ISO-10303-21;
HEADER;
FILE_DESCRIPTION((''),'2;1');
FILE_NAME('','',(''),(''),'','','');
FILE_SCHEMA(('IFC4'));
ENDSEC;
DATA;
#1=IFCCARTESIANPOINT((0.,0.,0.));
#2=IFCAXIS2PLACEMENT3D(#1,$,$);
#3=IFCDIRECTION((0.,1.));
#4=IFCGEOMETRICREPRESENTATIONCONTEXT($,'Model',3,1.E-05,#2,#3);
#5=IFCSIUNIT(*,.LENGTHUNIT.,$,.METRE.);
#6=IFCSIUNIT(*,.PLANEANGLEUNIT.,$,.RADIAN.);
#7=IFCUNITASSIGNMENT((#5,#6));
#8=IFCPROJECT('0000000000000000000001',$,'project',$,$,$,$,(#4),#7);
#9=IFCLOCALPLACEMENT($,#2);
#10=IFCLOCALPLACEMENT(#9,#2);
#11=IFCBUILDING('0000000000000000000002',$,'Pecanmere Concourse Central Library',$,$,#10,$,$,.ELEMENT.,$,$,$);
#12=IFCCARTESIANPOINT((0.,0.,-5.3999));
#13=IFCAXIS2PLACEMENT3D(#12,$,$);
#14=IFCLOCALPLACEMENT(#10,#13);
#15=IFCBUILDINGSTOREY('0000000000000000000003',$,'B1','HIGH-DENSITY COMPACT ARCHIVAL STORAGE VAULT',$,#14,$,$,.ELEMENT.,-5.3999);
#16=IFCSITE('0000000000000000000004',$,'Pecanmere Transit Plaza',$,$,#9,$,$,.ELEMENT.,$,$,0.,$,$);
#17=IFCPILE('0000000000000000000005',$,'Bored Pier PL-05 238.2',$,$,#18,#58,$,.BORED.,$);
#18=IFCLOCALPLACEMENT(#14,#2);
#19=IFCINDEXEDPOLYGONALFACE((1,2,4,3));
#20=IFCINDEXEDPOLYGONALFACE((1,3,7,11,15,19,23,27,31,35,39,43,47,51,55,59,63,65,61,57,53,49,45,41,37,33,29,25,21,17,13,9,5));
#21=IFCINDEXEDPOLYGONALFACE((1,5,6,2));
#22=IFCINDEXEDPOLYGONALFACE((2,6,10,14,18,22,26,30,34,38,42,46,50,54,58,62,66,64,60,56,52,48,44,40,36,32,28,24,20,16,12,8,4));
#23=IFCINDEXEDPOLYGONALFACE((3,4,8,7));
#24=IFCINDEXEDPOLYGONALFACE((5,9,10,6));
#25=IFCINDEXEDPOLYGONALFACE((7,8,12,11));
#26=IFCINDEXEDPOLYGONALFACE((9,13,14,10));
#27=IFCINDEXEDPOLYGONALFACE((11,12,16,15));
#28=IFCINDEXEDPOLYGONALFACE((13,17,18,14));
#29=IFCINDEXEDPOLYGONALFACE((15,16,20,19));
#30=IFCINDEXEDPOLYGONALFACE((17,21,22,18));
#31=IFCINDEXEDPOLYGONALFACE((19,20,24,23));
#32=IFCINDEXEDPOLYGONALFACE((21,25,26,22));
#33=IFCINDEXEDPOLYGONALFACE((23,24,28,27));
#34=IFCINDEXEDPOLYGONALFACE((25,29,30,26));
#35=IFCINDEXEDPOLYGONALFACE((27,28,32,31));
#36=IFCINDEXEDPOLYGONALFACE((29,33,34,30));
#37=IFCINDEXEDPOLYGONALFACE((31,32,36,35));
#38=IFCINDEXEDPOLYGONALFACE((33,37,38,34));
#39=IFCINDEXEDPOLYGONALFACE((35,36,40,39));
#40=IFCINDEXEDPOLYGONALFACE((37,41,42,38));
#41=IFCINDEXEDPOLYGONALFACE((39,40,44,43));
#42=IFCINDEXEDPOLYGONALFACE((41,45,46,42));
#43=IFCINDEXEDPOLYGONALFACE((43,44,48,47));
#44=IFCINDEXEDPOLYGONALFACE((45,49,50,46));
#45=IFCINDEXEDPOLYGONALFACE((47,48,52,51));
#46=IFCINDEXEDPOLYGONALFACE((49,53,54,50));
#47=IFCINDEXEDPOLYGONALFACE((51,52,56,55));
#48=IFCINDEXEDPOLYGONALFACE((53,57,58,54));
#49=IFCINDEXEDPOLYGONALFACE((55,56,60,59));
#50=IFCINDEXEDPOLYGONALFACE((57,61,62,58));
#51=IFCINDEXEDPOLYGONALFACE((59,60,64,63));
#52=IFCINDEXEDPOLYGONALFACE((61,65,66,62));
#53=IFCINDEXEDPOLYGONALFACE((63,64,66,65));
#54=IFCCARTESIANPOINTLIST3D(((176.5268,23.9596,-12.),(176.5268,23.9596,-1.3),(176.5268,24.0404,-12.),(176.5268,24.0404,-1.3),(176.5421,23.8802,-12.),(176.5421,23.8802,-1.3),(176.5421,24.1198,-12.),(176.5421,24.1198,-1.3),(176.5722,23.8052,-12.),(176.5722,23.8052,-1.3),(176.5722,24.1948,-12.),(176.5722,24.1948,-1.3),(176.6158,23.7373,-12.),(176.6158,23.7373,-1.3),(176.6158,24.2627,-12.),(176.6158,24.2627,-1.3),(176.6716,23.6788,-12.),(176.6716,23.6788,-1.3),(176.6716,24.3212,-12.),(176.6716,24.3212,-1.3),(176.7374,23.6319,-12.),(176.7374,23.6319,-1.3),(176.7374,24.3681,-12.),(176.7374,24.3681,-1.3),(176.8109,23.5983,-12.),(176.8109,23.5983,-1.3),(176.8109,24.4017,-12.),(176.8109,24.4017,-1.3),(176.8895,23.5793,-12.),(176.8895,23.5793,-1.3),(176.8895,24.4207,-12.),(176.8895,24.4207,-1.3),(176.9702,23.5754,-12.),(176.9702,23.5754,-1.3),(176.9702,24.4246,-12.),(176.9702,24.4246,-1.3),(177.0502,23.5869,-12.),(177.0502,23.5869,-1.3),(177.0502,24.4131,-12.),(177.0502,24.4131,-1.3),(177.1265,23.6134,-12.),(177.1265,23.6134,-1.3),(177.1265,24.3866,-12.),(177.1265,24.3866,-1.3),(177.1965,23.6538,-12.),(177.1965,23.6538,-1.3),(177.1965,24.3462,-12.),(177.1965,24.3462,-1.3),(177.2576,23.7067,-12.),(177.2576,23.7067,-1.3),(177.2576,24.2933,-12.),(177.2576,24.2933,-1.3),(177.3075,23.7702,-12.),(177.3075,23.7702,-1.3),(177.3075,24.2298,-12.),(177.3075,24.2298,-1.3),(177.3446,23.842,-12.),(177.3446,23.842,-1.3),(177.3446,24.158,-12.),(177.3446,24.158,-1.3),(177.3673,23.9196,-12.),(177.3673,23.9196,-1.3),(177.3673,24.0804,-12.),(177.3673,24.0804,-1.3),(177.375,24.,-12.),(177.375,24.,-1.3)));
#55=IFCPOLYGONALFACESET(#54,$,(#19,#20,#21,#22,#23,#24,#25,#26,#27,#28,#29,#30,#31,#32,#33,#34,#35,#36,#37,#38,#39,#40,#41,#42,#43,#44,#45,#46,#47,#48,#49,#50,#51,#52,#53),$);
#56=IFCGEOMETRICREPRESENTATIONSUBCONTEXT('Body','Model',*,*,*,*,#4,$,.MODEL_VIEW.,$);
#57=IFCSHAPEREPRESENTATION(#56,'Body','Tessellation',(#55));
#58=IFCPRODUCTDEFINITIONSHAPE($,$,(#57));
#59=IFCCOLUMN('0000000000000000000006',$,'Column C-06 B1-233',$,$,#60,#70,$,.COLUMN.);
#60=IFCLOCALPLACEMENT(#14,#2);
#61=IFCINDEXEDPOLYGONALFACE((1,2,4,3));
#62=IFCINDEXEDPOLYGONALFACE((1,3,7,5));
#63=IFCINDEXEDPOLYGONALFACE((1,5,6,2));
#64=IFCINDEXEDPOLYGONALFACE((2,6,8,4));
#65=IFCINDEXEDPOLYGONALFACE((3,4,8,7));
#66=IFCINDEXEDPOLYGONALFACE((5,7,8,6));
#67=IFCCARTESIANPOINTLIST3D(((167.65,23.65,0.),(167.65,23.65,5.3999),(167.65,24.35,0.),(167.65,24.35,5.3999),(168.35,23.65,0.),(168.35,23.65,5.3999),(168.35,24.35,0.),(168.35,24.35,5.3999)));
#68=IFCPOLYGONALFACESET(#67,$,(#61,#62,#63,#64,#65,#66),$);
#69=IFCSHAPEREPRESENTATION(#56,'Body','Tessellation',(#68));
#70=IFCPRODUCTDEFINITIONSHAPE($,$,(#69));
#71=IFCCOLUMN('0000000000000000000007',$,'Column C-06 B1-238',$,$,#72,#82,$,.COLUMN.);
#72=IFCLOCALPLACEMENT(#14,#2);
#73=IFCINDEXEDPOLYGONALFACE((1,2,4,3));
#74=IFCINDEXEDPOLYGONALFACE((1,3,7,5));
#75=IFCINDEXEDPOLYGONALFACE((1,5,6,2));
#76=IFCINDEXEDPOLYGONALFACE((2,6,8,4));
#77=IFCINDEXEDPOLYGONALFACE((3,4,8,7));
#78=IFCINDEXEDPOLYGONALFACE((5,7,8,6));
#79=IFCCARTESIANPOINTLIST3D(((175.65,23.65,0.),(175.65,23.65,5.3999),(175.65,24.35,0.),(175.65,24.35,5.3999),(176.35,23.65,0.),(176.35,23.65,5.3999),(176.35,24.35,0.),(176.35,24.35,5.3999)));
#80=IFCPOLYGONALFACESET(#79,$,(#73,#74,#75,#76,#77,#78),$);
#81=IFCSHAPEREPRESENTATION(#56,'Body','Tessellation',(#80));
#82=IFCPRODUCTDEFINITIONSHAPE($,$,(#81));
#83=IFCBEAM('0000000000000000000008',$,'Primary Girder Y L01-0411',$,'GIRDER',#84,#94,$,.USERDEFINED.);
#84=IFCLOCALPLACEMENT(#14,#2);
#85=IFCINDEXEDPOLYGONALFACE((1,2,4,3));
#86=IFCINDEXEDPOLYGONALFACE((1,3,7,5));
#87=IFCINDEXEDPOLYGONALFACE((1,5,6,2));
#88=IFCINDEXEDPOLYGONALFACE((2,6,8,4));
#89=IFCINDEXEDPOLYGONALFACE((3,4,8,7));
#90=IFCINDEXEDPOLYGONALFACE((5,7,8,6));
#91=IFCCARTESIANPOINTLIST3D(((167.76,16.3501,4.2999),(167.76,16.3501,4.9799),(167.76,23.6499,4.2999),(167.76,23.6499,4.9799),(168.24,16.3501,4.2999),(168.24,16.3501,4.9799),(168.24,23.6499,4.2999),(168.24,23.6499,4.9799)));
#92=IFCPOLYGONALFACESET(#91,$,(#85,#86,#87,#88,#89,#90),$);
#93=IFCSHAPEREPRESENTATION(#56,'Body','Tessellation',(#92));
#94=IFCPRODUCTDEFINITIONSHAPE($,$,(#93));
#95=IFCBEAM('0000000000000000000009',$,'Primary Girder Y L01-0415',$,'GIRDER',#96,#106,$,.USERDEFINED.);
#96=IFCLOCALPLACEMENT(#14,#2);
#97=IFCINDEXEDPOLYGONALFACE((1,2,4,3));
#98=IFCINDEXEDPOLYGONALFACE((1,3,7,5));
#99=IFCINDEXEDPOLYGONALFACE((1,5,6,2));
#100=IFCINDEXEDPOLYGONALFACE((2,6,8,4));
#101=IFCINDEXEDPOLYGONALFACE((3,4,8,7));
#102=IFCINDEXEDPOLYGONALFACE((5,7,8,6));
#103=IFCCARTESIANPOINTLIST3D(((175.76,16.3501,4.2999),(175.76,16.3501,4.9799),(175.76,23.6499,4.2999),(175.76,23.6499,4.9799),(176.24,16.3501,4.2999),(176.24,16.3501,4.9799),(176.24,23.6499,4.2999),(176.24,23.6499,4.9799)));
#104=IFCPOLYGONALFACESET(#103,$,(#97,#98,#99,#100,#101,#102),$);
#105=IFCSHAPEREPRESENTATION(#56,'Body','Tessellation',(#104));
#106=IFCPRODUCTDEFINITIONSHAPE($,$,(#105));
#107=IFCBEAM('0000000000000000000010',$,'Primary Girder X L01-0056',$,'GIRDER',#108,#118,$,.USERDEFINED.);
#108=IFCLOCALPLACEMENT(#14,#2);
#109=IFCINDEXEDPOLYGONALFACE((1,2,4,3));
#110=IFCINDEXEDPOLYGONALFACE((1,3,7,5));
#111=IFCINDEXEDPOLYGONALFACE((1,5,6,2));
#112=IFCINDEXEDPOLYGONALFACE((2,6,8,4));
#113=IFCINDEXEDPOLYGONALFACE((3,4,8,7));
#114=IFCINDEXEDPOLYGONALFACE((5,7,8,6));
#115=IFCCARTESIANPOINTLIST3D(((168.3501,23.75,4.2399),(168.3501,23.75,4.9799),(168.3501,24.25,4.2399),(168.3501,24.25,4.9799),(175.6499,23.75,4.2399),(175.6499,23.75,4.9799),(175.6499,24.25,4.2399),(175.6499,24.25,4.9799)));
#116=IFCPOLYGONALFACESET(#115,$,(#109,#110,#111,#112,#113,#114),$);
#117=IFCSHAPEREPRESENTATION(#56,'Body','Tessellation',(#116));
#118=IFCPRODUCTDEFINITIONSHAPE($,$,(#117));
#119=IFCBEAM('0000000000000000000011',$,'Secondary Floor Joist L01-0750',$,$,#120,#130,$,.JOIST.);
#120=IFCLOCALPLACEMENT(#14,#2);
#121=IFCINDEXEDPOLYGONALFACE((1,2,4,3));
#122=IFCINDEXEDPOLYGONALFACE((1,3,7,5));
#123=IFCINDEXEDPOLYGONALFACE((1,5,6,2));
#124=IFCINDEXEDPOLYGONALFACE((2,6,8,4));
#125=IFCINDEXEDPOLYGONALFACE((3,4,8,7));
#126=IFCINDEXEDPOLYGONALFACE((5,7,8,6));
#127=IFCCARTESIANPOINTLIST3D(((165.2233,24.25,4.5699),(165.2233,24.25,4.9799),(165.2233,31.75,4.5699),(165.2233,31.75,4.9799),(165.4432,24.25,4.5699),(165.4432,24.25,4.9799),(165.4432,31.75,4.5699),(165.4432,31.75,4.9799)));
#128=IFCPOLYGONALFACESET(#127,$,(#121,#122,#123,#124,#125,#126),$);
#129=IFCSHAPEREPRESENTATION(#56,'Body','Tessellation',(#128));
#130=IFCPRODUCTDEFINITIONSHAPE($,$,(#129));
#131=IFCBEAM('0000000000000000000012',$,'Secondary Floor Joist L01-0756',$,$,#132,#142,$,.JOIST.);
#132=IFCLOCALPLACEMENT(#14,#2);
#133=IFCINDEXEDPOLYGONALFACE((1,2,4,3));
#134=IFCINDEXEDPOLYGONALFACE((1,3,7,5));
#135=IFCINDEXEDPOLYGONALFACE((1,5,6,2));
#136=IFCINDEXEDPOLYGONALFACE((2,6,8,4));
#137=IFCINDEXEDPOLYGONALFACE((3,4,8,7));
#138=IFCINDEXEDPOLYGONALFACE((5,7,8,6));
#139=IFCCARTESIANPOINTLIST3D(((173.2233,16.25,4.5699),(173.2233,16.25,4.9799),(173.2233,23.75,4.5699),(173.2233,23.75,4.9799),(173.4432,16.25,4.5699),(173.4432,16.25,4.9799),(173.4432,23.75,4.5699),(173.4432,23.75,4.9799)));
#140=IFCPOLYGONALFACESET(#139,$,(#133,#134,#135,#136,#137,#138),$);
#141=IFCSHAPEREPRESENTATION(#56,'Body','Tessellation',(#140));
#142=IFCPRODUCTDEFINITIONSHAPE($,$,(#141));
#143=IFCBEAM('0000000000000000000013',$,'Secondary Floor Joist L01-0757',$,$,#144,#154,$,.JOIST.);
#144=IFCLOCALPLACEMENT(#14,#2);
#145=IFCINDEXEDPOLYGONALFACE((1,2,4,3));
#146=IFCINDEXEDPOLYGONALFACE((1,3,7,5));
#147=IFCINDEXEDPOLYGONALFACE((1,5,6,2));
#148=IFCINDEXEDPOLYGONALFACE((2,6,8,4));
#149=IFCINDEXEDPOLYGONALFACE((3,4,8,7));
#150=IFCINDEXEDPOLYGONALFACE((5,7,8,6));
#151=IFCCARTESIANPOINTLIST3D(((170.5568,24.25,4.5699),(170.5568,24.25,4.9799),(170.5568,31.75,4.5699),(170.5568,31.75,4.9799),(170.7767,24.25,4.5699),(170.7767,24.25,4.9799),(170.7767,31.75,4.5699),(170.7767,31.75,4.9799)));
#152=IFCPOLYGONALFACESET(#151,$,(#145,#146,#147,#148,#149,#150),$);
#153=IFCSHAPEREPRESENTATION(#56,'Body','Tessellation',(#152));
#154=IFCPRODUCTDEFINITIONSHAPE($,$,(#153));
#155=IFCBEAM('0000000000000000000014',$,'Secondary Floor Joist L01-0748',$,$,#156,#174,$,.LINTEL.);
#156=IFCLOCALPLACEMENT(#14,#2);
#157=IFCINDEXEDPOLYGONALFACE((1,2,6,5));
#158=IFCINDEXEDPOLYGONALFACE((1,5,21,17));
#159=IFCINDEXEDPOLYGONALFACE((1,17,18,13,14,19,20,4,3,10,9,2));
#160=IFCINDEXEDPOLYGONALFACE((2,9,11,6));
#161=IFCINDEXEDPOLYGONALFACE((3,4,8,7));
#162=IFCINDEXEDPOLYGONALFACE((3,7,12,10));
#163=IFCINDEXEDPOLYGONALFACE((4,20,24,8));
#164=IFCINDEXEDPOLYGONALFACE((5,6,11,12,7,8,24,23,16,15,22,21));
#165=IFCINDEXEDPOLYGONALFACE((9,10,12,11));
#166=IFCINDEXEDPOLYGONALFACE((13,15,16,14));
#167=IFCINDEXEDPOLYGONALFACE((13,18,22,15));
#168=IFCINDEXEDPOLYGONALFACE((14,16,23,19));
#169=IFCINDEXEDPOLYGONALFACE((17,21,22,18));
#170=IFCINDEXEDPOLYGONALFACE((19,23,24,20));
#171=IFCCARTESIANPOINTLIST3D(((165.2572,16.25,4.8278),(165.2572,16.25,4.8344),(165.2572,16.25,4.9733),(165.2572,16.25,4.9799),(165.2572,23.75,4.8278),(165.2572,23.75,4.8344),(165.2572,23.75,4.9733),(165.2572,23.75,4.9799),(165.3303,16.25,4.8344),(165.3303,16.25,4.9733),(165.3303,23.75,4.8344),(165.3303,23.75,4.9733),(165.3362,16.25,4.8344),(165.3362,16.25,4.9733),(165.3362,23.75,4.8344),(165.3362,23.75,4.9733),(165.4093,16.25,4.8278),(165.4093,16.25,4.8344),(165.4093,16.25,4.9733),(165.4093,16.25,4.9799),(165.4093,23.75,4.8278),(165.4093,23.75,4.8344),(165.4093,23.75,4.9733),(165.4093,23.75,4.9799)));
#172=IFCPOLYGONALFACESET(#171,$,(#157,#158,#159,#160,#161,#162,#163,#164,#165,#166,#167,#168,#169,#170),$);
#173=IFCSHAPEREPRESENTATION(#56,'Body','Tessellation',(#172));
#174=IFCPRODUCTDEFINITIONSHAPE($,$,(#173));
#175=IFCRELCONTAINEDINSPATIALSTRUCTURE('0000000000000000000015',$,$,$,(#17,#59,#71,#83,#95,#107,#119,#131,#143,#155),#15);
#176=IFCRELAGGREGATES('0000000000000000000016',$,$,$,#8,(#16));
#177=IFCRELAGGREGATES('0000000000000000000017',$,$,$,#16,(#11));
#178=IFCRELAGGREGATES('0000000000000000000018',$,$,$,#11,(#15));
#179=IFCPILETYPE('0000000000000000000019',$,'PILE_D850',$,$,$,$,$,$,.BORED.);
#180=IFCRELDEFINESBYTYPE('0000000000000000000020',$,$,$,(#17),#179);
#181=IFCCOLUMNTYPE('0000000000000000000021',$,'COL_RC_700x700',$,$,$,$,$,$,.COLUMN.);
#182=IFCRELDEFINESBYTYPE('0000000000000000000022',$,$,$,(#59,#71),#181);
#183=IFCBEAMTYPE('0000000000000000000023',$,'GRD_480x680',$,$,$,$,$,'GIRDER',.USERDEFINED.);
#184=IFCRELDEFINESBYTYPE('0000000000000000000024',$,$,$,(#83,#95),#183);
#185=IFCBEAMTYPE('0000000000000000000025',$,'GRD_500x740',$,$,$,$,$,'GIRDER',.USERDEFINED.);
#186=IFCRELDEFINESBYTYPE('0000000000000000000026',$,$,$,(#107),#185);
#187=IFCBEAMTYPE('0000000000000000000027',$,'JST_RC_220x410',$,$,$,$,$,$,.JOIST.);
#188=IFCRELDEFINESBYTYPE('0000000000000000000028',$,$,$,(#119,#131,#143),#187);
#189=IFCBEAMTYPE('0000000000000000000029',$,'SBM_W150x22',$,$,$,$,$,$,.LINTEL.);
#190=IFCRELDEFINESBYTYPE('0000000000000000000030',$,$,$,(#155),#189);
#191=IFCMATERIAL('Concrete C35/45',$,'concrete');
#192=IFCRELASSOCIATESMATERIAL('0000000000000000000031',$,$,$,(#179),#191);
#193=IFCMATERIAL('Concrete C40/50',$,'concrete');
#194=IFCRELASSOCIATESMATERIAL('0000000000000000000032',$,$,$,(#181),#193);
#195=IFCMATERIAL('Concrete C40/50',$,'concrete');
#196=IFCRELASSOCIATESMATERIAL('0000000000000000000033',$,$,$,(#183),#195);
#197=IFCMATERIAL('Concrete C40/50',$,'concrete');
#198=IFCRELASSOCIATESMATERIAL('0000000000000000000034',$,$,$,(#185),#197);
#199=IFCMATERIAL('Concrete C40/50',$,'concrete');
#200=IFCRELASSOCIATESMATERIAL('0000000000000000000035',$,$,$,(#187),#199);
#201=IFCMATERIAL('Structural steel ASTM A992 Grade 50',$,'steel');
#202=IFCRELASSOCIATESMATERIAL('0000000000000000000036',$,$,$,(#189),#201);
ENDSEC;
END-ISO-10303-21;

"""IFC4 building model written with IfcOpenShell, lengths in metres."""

from ifc_helpers import new_model, si_unit, direction, frame, origin, origin_2d, place, context, subcontext, project, spatial, rectangle, circle, i_section, extrude, material, material_profile, profile_set, type_object, element, save


model = new_model("IFC4")

# Units and contexts
model_context = context("Model", 3, precision=1e-05, world=origin(), true_north=direction((0.0, 1.0)))
body_context = subcontext(model_context, "Body", "Model", "MODEL_VIEW")
ifc_project = project(units=[si_unit("LENGTHUNIT", "METRE"), si_unit("PLANEANGLEUNIT", "RADIAN")], contexts=[model_context])

# Site, building, storey
site_placement = place(None, origin())
site = spatial("IfcSite", under=ifc_project, at=site_placement, Name="Pecanmere Transit Plaza", CompositionType="ELEMENT", RefElevation=0.0)
building_placement = place(site_placement, origin())
building = spatial("IfcBuilding", under=site, at=building_placement, Name="Pecanmere Concourse Central Library", CompositionType="ELEMENT")
storey_placement = place(building_placement, frame((0.0, 0.0, -5.3999)))
storey = spatial("IfcBuildingStorey", under=building, at=storey_placement, Name="B1", Description="HIGH-DENSITY COMPACT ARCHIVAL STORAGE VAULT", CompositionType="ELEMENT", Elevation=-5.3999)

# Pile
ifc_material_1 = material(Name="Concrete C35/45", Category="concrete")
ifc_material_profile_1 = material_profile(ifc_material_1, circle(Radius=0.425, at=origin_2d()), Name="PIER D850")
ifc_profile_set_1 = profile_set([ifc_material_profile_1], Name="Concrete C35/45")
pile_type = type_object("IfcPileType", Name="PILE_D850", PredefinedType="BORED", material=ifc_profile_set_1)
for number, where, z_axis, x_axis, name in (
    (1, (176.95, 24.0, -1.3), (0.0, 0.0, -1.0), (1.0, 0.0, 0.0), "Bored Pier PL-05 238.2"),
):
    element("IfcPile", number, at=place(storey_placement, frame(where, z_axis=z_axis, x_axis=x_axis)), inside=storey, type_object=pile_type, Name=name, PredefinedType="BORED", context=body_context, shape_type="SweptSolid", body=[
        extrude(circle(Radius=0.425, at=origin_2d()), origin(), (0.0, 0.0, 1.0), 10.7),
    ])

# Columns
ifc_material_2 = material(Name="Concrete C40/50", Category="concrete")
ifc_material_profile_2 = material_profile(ifc_material_2, rectangle(XDim=0.7, YDim=0.7, at=origin_2d()), Name="RC 700x700")
ifc_profile_set_2 = profile_set([ifc_material_profile_2], Name="Concrete C40/50")
column_type = type_object("IfcColumnType", Name="COL_RC_700x700", PredefinedType="COLUMN", material=ifc_profile_set_2)
for number, where, z_axis, x_axis, name in (
    (2, (168.0, 24.0, 0.0), (0.0, 0.0, 1.0), (1.0, 0.0, 0.0), "Column C-06 B1-233"),
    (3, (176.0, 24.0, 0.0), (0.0, 0.0, 1.0), (1.0, 0.0, 0.0), "Column C-06 B1-238"),
):
    element("IfcColumn", number, at=place(storey_placement, frame(where, z_axis=z_axis, x_axis=x_axis)), inside=storey, type_object=column_type, Name=name, PredefinedType="COLUMN", context=body_context, shape_type="SweptSolid", body=[
        extrude(rectangle(XDim=0.7, YDim=0.7, at=origin_2d()), origin(), (0.0, 0.0, 1.0), 5.3999),
    ])

# Beams
ifc_material_3 = material(Name="Concrete C40/50", Category="concrete")
ifc_material_profile_3 = material_profile(ifc_material_3, rectangle(XDim=0.48, YDim=0.6799, at=origin_2d()), Name="RC 480x680")
ifc_profile_set_3 = profile_set([ifc_material_profile_3], Name="Concrete C40/50")
beam_type_1 = type_object("IfcBeamType", Name="GRD_480x680", ElementType="GIRDER", PredefinedType="USERDEFINED", material=ifc_profile_set_3)
for number, where, z_axis, x_axis, name in (
    (4, (168.0, 16.3501, 4.6399), (0.0, 1.0, 0.0), (-1.0, 0.0, 0.0), "Primary Girder Y L01-0411"),
    (5, (176.0, 16.3501, 4.6399), (0.0, 1.0, 0.0), (-1.0, 0.0, 0.0), "Primary Girder Y L01-0415"),
):
    element("IfcBeam", number, at=place(storey_placement, frame(where, z_axis=z_axis, x_axis=x_axis)), inside=storey, type_object=beam_type_1, Name=name, ObjectType="GIRDER", PredefinedType="USERDEFINED", context=body_context, shape_type="SweptSolid", body=[
        extrude(rectangle(XDim=0.48, YDim=0.6799, at=origin_2d()), origin(), (0.0, 0.0, 1.0), 7.2998),
    ])
ifc_material_4 = material(Name="Concrete C40/50", Category="concrete")
ifc_material_profile_4 = material_profile(ifc_material_4, rectangle(XDim=0.5, YDim=0.74, at=origin_2d()), Name="RC 500x740")
ifc_profile_set_4 = profile_set([ifc_material_profile_4], Name="Concrete C40/50")
beam_type_2 = type_object("IfcBeamType", Name="GRD_500x740", ElementType="GIRDER", PredefinedType="USERDEFINED", material=ifc_profile_set_4)
beam_1_placement = place(storey_placement, frame((168.3501, 24.0, 4.6099), z_axis=(1.0, 0.0, 0.0), x_axis=(0.0, 1.0, 0.0)))
element("IfcBeam", 6, at=beam_1_placement, inside=storey, type_object=beam_type_2, Name="Primary Girder X L01-0056", ObjectType="GIRDER", PredefinedType="USERDEFINED", context=body_context, shape_type="SweptSolid", body=[
    extrude(rectangle(XDim=0.5, YDim=0.74, at=origin_2d()), origin(), (0.0, 0.0, 1.0), 7.2998),
])
ifc_material_5 = material(Name="Concrete C40/50", Category="concrete")
ifc_material_profile_5 = material_profile(ifc_material_5, rectangle(XDim=0.22, YDim=0.4099, at=origin_2d()), Name="RC 220x410")
ifc_profile_set_5 = profile_set([ifc_material_profile_5], Name="Concrete C40/50")
beam_type_3 = type_object("IfcBeamType", Name="JST_RC_220x410", PredefinedType="JOIST", material=ifc_profile_set_5)
for number, where, z_axis, x_axis, name in (
    (7, (165.3333, 24.25, 4.7749), (0.0, 1.0, 0.0), (-1.0, 0.0, 0.0), "Secondary Floor Joist L01-0750"),
    (8, (173.3333, 16.25, 4.7749), (0.0, 1.0, 0.0), (-1.0, 0.0, 0.0), "Secondary Floor Joist L01-0756"),
    (9, (170.6667, 24.25, 4.7749), (0.0, 1.0, 0.0), (-1.0, 0.0, 0.0), "Secondary Floor Joist L01-0757"),
):
    element("IfcBeam", number, at=place(storey_placement, frame(where, z_axis=z_axis, x_axis=x_axis)), inside=storey, type_object=beam_type_3, Name=name, PredefinedType="JOIST", context=body_context, shape_type="SweptSolid", body=[
        extrude(rectangle(XDim=0.22, YDim=0.4099, at=origin_2d()), origin(), (0.0, 0.0, 1.0), 7.5),
    ])
ifc_material_6 = material(Name="Structural steel ASTM A992 Grade 50", Category="steel")
ifc_material_profile_6 = material_profile(ifc_material_6, i_section(OverallWidth=0.1521, OverallDepth=0.1521, WebThickness=0.0059, FlangeThickness=0.0066, at=origin_2d()), Name="W150x22.5")
ifc_profile_set_6 = profile_set([ifc_material_profile_6], Name="Structural steel ASTM A992 Grade 50")
beam_type_4 = type_object("IfcBeamType", Name="SBM_W150x22", PredefinedType="LINTEL", material=ifc_profile_set_6)
beam_2_placement = place(storey_placement, frame((165.3333, 16.25, 4.9038), z_axis=(0.0, 1.0, 0.0), x_axis=(-1.0, 0.0, 0.0)))
element("IfcBeam", 10, at=beam_2_placement, inside=storey, type_object=beam_type_4, Name="Secondary Floor Joist L01-0748", PredefinedType="LINTEL", context=body_context, shape_type="SweptSolid", body=[
    extrude(i_section(OverallWidth=0.1521, OverallDepth=0.1521, WebThickness=0.0059, FlangeThickness=0.0066, at=origin_2d()), origin(), (0.0, 0.0, 1.0), 7.5),
])

save(model, "model.ifc")
